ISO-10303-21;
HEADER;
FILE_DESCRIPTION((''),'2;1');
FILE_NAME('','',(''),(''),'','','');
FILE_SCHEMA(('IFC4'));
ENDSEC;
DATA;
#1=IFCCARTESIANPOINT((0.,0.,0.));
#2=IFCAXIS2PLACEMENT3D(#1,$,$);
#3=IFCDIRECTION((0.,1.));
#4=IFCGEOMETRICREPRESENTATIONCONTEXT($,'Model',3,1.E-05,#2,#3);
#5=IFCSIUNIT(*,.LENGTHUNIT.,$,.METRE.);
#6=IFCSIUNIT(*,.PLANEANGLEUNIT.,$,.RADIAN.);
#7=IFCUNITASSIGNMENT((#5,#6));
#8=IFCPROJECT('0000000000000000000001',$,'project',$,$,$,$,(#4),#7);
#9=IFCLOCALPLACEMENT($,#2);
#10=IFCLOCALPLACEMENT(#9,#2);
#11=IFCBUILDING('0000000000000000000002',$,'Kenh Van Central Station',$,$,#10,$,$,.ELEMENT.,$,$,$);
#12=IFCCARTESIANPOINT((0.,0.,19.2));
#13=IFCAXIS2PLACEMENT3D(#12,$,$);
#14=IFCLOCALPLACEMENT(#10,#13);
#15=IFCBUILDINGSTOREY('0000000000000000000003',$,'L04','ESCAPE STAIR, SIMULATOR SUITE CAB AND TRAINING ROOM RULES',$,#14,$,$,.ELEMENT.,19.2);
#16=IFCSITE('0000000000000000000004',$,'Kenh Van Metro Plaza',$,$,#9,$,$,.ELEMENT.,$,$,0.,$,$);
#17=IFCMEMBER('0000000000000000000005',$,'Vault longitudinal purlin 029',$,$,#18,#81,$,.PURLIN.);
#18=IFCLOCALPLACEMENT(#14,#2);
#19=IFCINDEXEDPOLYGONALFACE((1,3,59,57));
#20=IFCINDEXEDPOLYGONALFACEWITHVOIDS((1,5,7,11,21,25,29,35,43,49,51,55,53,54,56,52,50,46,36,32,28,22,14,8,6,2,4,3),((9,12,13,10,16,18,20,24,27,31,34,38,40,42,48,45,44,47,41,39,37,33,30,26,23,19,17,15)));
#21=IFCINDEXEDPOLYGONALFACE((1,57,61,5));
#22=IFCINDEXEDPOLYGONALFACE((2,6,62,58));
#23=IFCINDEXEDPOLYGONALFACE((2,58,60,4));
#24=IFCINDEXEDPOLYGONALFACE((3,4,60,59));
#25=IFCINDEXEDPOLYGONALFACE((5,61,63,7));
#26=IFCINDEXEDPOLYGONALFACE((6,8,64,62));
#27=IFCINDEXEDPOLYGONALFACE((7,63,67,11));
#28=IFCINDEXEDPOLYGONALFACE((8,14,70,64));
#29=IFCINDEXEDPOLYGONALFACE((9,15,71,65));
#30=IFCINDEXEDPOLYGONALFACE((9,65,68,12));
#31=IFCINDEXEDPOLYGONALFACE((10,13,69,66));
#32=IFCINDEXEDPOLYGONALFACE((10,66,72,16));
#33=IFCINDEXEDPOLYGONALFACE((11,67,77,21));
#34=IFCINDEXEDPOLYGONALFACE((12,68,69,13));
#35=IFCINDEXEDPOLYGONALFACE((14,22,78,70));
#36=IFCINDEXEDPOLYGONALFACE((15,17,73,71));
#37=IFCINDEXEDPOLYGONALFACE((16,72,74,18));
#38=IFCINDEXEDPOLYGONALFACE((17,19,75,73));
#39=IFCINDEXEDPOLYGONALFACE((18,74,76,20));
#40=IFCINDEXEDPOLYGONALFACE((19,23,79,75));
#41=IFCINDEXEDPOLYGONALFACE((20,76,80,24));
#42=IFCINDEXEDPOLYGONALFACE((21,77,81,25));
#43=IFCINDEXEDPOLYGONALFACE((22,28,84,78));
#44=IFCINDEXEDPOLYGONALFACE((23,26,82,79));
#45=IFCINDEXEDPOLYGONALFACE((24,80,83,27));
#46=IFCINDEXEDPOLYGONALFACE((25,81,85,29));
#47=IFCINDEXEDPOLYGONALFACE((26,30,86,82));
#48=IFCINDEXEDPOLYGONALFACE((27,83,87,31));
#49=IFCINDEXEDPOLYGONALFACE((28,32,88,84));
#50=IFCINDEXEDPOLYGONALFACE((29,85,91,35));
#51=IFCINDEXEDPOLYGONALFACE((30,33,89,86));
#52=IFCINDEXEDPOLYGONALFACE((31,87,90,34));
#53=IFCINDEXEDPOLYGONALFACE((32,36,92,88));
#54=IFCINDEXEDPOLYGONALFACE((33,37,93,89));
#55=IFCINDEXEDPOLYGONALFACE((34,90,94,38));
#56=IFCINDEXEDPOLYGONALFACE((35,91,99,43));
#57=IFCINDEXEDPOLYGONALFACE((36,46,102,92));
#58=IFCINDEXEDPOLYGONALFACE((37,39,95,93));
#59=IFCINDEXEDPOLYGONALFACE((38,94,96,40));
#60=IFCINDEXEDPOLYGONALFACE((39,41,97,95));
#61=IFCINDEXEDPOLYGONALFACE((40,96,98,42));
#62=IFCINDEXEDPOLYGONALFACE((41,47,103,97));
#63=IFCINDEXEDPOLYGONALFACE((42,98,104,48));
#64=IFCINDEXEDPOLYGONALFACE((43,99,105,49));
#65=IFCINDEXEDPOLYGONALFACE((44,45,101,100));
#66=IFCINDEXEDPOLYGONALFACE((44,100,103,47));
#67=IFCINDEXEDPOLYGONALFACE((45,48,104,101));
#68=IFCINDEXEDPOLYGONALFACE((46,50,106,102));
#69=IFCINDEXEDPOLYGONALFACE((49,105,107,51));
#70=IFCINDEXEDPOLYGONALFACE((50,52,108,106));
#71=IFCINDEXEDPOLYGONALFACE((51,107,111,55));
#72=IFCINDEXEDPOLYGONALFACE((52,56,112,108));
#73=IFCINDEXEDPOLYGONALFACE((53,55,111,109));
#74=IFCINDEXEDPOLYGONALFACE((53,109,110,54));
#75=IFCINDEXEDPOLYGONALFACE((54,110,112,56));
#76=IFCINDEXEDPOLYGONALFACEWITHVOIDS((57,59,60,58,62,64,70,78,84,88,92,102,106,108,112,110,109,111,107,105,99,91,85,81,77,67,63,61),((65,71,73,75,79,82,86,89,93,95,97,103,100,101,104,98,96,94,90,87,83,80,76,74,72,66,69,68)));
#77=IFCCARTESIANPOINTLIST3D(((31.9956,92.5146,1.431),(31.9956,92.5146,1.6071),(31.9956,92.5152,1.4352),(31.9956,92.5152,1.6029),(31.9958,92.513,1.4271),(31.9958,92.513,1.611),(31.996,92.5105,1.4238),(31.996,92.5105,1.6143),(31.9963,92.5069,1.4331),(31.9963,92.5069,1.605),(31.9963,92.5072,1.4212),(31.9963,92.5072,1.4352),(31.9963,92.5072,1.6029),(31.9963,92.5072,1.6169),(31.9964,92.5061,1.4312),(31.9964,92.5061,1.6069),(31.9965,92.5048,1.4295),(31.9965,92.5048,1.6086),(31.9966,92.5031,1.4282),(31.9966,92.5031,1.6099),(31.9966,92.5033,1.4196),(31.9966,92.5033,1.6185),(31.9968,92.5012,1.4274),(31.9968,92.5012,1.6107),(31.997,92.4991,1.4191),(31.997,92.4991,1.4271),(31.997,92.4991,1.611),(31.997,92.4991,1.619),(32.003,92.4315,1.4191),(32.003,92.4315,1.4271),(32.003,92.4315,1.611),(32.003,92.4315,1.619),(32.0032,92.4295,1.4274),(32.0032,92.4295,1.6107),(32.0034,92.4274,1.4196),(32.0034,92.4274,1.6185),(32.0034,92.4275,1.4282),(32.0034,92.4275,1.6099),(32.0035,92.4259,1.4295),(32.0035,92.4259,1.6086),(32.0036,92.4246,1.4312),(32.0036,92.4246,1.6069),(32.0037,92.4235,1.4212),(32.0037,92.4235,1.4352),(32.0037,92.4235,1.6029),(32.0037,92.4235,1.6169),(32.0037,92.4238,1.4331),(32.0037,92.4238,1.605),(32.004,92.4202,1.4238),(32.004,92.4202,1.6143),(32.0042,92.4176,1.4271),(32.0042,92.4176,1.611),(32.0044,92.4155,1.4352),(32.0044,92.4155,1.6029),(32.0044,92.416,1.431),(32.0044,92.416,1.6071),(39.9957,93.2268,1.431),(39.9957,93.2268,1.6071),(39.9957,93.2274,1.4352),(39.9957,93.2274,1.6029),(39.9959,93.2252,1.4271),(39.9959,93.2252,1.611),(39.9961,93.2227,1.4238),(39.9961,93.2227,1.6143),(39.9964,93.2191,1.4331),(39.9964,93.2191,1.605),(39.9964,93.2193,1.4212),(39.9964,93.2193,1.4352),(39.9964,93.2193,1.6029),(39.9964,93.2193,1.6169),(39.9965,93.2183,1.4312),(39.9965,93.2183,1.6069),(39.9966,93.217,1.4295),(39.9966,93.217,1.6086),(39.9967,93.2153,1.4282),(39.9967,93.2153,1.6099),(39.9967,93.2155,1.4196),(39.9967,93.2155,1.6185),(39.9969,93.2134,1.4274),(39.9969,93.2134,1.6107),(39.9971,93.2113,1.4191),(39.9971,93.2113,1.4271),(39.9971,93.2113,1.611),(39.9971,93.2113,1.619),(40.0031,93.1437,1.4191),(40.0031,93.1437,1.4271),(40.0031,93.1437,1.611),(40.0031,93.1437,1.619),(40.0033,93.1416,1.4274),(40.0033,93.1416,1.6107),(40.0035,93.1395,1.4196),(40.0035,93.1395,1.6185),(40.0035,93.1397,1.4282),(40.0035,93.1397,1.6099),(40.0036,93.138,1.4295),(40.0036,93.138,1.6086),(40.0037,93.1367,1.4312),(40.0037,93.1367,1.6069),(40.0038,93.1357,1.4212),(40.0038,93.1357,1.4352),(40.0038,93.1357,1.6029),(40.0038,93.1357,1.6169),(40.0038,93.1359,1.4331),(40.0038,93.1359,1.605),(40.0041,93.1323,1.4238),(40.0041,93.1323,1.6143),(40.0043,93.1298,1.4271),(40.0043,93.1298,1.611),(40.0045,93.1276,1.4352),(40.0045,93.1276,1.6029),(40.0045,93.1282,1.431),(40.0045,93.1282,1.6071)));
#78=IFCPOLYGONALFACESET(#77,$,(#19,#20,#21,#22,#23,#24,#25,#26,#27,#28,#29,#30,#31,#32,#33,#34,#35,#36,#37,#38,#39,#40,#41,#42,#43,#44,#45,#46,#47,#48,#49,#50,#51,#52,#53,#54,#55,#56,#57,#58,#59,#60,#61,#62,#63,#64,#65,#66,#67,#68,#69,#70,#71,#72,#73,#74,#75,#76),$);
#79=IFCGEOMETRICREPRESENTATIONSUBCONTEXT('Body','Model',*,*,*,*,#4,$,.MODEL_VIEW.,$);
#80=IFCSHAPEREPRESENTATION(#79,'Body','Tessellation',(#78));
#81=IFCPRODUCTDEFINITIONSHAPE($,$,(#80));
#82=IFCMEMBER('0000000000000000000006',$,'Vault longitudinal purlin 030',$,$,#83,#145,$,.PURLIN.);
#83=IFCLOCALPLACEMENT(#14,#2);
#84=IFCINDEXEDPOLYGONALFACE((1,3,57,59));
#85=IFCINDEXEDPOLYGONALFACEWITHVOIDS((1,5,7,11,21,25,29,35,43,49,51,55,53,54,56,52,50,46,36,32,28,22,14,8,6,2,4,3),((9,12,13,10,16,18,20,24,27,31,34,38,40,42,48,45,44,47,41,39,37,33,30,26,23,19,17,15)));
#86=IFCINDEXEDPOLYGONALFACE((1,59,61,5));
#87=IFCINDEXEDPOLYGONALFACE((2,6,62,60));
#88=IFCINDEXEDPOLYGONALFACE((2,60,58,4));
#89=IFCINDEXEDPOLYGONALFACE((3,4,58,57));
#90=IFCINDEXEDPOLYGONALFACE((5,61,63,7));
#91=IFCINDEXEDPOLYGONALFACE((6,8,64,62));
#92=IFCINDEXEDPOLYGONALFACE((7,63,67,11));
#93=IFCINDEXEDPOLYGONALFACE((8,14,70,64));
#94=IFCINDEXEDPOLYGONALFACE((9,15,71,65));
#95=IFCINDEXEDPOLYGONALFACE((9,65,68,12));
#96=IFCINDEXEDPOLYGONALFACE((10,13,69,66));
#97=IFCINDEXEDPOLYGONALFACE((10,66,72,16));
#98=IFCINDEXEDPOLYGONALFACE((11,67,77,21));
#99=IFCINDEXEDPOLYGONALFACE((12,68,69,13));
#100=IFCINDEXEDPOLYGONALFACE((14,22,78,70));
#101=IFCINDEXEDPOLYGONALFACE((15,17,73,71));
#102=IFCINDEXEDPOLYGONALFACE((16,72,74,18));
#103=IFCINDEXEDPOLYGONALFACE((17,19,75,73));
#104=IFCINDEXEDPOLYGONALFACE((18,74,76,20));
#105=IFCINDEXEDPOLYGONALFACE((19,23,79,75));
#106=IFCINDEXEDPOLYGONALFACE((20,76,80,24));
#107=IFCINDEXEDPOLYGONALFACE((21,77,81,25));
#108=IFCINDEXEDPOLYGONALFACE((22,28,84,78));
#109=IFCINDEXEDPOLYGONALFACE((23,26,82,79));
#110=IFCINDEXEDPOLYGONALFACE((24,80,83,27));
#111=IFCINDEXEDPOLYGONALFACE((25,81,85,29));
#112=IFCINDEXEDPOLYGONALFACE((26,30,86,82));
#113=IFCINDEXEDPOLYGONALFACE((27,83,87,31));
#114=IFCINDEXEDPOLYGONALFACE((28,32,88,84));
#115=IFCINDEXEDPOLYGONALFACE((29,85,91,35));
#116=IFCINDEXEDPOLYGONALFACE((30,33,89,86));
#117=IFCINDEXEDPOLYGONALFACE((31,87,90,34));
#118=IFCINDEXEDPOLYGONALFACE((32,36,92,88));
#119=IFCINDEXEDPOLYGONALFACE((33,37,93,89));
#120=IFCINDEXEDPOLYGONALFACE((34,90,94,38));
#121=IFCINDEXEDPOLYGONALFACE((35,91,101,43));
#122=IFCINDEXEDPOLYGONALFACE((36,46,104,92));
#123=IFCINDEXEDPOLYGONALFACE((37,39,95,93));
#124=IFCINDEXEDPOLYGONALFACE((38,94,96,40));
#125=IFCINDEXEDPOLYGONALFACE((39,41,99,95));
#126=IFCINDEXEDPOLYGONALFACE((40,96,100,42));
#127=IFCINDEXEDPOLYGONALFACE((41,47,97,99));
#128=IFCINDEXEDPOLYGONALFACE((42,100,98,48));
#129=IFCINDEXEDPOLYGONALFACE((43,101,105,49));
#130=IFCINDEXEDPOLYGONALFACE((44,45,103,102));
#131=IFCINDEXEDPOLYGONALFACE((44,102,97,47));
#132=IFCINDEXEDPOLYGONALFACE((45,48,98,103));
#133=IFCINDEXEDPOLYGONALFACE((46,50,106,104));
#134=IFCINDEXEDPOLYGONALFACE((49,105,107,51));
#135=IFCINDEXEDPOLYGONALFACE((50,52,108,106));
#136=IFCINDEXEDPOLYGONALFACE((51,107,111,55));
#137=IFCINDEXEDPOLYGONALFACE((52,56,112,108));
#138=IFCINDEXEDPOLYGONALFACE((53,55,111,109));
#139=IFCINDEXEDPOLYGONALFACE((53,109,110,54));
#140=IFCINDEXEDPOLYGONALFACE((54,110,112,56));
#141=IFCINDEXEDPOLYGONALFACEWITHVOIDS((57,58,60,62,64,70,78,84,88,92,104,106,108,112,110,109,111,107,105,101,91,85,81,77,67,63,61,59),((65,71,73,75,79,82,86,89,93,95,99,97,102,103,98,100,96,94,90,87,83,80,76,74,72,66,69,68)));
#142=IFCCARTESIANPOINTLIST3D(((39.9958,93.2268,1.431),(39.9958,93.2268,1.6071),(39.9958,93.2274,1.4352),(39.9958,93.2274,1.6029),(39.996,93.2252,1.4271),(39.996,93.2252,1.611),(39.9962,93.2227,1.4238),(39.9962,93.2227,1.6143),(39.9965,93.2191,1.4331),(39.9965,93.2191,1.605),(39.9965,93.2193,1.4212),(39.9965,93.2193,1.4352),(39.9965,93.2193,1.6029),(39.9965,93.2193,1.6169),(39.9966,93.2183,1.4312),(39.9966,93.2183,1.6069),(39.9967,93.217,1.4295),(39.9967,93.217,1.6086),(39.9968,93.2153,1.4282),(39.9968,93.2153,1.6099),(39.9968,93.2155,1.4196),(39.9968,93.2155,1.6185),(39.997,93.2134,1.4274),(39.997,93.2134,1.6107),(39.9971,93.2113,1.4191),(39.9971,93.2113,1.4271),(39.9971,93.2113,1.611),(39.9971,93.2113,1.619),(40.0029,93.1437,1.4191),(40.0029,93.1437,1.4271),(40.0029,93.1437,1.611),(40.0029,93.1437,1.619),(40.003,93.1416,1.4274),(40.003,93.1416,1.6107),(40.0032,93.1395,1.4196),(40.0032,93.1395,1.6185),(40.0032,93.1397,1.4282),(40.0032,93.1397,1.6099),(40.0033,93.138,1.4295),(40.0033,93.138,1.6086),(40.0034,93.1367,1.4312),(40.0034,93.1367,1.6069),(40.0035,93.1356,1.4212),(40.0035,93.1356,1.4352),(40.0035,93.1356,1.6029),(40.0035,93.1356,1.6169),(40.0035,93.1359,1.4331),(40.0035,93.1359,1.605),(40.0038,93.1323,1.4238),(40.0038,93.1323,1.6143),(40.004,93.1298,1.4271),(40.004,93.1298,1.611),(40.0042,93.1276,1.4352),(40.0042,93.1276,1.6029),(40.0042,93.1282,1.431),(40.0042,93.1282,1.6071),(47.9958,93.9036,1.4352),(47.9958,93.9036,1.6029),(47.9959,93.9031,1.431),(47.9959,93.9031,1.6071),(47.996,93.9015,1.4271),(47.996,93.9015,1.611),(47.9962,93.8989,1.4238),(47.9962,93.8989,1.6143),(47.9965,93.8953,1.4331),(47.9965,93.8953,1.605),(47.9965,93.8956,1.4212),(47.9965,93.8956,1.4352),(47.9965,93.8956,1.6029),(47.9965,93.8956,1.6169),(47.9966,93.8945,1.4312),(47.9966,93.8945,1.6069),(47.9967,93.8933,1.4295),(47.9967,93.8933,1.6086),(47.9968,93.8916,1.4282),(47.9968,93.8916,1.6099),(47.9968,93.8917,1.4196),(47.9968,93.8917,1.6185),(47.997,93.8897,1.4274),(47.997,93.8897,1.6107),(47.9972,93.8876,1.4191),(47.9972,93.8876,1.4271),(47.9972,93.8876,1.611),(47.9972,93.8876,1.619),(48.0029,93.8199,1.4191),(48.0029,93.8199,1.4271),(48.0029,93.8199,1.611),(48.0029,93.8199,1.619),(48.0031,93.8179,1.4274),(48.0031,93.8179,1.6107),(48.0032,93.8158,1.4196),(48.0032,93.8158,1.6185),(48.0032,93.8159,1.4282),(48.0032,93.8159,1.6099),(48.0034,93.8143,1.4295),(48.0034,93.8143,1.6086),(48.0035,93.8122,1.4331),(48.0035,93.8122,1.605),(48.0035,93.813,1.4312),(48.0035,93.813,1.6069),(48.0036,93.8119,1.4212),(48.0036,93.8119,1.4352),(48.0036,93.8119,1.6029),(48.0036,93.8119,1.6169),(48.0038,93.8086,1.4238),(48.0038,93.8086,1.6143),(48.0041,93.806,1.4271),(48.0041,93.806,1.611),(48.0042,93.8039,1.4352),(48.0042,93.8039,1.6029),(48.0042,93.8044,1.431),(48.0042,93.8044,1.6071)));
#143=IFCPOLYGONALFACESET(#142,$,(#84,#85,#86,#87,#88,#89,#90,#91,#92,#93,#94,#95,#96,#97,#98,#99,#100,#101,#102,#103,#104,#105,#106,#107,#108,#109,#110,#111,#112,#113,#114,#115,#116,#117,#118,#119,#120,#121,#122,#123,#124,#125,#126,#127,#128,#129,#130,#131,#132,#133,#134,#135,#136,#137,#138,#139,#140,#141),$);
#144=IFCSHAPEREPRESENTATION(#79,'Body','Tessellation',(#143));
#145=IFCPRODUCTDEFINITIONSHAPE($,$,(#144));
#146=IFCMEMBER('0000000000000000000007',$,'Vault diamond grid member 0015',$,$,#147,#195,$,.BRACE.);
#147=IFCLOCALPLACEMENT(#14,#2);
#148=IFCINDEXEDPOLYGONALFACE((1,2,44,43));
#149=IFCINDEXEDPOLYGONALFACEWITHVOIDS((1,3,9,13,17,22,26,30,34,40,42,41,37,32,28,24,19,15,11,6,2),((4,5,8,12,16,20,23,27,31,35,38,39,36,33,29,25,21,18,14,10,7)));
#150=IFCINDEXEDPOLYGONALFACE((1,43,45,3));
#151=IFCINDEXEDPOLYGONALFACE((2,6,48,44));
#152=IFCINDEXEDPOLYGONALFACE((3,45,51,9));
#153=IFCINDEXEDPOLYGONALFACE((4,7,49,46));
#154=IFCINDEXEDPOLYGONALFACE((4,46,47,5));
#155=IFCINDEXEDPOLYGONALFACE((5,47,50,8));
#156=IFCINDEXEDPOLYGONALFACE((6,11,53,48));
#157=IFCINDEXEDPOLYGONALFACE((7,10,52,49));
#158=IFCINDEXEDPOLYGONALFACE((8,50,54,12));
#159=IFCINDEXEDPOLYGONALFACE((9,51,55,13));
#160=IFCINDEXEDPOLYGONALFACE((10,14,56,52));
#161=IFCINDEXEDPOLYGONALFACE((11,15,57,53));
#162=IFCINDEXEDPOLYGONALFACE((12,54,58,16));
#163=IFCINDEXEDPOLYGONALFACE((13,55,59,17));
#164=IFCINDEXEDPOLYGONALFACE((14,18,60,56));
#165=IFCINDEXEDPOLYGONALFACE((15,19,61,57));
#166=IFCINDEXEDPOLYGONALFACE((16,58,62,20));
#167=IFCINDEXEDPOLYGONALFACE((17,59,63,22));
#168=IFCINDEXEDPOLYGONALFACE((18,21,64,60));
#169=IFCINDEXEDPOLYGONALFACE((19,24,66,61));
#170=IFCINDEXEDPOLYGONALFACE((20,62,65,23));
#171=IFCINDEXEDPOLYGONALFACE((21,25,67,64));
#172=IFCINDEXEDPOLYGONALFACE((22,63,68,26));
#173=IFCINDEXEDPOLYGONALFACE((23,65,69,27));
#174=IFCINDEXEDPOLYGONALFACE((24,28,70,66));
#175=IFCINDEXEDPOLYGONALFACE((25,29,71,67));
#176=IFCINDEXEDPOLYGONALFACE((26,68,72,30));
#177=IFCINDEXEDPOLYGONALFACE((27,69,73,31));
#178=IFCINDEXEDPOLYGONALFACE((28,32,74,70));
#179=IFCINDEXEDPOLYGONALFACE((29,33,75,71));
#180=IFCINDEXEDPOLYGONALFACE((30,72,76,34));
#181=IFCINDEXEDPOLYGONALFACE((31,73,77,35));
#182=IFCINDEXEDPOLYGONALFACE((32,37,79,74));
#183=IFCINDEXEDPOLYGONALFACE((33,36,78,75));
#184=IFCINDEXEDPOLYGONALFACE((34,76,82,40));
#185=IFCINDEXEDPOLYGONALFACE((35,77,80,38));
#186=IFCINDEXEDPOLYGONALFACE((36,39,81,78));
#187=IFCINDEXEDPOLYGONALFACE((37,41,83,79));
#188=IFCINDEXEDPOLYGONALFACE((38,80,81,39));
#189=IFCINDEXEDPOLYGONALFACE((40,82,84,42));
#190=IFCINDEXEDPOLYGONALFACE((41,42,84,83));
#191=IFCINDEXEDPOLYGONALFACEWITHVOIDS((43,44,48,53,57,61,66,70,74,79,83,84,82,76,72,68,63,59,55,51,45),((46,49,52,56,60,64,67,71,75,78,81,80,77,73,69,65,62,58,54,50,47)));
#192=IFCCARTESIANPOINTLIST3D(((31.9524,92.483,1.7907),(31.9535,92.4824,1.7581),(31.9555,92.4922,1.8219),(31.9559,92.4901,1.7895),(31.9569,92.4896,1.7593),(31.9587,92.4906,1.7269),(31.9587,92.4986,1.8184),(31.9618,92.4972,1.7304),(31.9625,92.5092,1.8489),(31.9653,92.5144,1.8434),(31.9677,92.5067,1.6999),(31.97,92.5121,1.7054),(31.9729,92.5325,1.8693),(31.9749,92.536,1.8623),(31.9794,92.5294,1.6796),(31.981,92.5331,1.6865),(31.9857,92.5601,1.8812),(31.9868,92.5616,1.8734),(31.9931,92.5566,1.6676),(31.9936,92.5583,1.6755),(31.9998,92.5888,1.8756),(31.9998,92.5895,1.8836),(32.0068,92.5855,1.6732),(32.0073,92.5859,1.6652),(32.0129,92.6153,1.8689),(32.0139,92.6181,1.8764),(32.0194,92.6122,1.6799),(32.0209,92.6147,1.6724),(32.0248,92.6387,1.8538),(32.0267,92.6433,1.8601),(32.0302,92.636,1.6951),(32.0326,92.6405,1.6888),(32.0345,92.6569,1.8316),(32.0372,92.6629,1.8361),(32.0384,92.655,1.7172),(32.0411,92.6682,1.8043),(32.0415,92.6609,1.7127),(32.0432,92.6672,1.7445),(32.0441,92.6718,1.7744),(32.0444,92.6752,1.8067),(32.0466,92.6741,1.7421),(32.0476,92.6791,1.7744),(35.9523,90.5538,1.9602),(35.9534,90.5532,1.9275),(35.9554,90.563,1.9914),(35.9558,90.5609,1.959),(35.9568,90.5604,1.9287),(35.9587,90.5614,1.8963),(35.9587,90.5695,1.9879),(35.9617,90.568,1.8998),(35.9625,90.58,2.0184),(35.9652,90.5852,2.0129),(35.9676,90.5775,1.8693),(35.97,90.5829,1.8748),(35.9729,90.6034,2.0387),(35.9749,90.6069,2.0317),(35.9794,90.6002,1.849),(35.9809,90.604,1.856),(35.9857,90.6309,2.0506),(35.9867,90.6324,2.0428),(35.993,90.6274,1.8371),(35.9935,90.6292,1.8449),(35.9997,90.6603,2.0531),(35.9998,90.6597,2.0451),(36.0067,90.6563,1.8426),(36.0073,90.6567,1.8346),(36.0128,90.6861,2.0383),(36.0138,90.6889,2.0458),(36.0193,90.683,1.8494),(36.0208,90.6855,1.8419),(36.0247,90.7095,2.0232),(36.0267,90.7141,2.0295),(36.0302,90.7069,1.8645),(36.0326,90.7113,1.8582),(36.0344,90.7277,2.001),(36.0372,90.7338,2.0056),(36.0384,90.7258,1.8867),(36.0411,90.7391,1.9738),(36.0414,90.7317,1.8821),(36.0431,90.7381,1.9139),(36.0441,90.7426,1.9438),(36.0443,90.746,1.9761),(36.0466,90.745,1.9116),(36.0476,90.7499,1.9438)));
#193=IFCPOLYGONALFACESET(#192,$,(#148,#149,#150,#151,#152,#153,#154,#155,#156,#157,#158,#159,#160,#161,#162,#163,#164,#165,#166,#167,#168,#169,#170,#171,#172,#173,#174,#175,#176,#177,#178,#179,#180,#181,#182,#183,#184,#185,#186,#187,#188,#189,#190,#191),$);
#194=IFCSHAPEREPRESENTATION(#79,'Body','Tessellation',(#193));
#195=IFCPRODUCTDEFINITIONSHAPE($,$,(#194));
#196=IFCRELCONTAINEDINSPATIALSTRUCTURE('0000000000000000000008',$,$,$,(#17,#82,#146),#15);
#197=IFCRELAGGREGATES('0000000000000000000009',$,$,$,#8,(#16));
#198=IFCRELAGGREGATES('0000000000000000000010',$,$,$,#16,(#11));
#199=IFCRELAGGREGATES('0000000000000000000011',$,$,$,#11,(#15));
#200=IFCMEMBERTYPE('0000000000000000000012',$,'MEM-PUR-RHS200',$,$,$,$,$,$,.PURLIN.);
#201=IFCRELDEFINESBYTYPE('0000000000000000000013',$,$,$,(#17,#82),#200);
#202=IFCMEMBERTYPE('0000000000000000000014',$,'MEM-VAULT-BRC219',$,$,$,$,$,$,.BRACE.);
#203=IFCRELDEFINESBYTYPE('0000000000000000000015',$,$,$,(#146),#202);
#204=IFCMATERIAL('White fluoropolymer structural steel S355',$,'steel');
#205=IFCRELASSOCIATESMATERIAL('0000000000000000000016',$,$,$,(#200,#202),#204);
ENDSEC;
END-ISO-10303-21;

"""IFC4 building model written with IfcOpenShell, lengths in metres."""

from ifc_helpers import new_model, si_unit, direction, frame, origin, origin_2d, place, context, subcontext, project, spatial, hollow_rectangle, hollow_circle, extrude, material, material_profile, profile_set, type_object, element, save


model = new_model("IFC4")

# Units and contexts
model_context = context("Model", 3, precision=1e-05, world=origin(), true_north=direction((0.0, 1.0)))
body_context = subcontext(model_context, "Body", "Model", "MODEL_VIEW")
ifc_project = project(units=[si_unit("LENGTHUNIT", "METRE"), si_unit("PLANEANGLEUNIT", "RADIAN")], contexts=[model_context])

# Site, building, storey
site_placement = place(None, origin())
site = spatial("IfcSite", under=ifc_project, at=site_placement, Name="Kenh Van Metro Plaza", CompositionType="ELEMENT", RefElevation=0.0)
building_placement = place(site_placement, origin())
building = spatial("IfcBuilding", under=site, at=building_placement, Name="Kenh Van Central Station", CompositionType="ELEMENT")
storey_placement = place(building_placement, frame((0.0, 0.0, 19.2)))
storey = spatial("IfcBuildingStorey", under=building, at=storey_placement, Name="L04", Description="ESCAPE STAIR, SIMULATOR SUITE CAB AND TRAINING ROOM RULES", CompositionType="ELEMENT", Elevation=19.2)

# Shared definitions
ifc_material_1 = material(Name="White fluoropolymer structural steel S355", Category="steel")

# Members
ifc_material_profile_1 = material_profile(ifc_material_1, hollow_rectangle(XDim=0.1001, YDim=0.2, WallThickness=0.0081, InnerFilletRadius=0.0081, OuterFilletRadius=0.0161, at=origin_2d()), Name="RHS 200x100x8")
ifc_profile_set_1 = profile_set([ifc_material_profile_1], Name="White fluoropolymer structural steel S355")
member_type_1 = type_object("IfcMemberType", Name="MEM-PUR-RHS200", PredefinedType="PURLIN", material=ifc_profile_set_1)
member_1_placement = place(storey_placement, frame((32.0, 92.4653, 1.519), z_axis=(0.996061, 0.088669, 0.0), x_axis=(-0.088669, 0.996061, 0.0)))
element("IfcMember", 1, at=member_1_placement, inside=storey, type_object=member_type_1, Name="Vault longitudinal purlin 029", PredefinedType="PURLIN", context=body_context, shape_type="SweptSolid", body=[
    extrude(hollow_rectangle(XDim=0.1001, YDim=0.2, WallThickness=0.0081, InnerFilletRadius=0.0081, OuterFilletRadius=0.0161, at=origin_2d()), origin(), (0.0, 0.0, 1.0), 8.0317),
])
member_2_placement = place(storey_placement, frame((40.0, 93.1775, 1.519), z_axis=(0.996446, 0.084233, 0.0), x_axis=(-0.084233, 0.996446, 0.0)))
element("IfcMember", 2, at=member_2_placement, inside=storey, type_object=member_type_1, Name="Vault longitudinal purlin 030", PredefinedType="PURLIN", context=body_context, shape_type="SweptSolid", body=[
    extrude(hollow_rectangle(XDim=0.1001, YDim=0.2, WallThickness=0.0081, InnerFilletRadius=0.0081, OuterFilletRadius=0.0161, at=origin_2d()), origin(), (0.0, 0.0, 1.0), 8.0286),
])
ifc_material_profile_2 = material_profile(ifc_material_1, hollow_circle(Radius=0.1096, WallThickness=0.0081, at=origin_2d()), Name="CHS 219.1x8")
ifc_profile_set_2 = profile_set([ifc_material_profile_2], Name="White fluoropolymer structural steel S355")
member_type_2 = type_object("IfcMemberType", Name="MEM-VAULT-BRC219", PredefinedType="BRACE", material=ifc_profile_set_2)
member_3_placement = place(storey_placement, frame((32.0, 92.5803, 1.7744), z_axis=(0.900059, -0.434098, 0.038125), x_axis=(0.434414, 0.900713, 0.0)))
element("IfcMember", 3, at=member_3_placement, inside=storey, type_object=member_type_2, Name="Vault diamond grid member 0015", PredefinedType="BRACE", context=body_context, shape_type="SweptSolid", body=[
    extrude(hollow_circle(Radius=0.1096, WallThickness=0.0081, at=origin_2d()), origin(), (0.0, 0.0, 1.0), 4.4441),
])

save(model, "model.ifc")
